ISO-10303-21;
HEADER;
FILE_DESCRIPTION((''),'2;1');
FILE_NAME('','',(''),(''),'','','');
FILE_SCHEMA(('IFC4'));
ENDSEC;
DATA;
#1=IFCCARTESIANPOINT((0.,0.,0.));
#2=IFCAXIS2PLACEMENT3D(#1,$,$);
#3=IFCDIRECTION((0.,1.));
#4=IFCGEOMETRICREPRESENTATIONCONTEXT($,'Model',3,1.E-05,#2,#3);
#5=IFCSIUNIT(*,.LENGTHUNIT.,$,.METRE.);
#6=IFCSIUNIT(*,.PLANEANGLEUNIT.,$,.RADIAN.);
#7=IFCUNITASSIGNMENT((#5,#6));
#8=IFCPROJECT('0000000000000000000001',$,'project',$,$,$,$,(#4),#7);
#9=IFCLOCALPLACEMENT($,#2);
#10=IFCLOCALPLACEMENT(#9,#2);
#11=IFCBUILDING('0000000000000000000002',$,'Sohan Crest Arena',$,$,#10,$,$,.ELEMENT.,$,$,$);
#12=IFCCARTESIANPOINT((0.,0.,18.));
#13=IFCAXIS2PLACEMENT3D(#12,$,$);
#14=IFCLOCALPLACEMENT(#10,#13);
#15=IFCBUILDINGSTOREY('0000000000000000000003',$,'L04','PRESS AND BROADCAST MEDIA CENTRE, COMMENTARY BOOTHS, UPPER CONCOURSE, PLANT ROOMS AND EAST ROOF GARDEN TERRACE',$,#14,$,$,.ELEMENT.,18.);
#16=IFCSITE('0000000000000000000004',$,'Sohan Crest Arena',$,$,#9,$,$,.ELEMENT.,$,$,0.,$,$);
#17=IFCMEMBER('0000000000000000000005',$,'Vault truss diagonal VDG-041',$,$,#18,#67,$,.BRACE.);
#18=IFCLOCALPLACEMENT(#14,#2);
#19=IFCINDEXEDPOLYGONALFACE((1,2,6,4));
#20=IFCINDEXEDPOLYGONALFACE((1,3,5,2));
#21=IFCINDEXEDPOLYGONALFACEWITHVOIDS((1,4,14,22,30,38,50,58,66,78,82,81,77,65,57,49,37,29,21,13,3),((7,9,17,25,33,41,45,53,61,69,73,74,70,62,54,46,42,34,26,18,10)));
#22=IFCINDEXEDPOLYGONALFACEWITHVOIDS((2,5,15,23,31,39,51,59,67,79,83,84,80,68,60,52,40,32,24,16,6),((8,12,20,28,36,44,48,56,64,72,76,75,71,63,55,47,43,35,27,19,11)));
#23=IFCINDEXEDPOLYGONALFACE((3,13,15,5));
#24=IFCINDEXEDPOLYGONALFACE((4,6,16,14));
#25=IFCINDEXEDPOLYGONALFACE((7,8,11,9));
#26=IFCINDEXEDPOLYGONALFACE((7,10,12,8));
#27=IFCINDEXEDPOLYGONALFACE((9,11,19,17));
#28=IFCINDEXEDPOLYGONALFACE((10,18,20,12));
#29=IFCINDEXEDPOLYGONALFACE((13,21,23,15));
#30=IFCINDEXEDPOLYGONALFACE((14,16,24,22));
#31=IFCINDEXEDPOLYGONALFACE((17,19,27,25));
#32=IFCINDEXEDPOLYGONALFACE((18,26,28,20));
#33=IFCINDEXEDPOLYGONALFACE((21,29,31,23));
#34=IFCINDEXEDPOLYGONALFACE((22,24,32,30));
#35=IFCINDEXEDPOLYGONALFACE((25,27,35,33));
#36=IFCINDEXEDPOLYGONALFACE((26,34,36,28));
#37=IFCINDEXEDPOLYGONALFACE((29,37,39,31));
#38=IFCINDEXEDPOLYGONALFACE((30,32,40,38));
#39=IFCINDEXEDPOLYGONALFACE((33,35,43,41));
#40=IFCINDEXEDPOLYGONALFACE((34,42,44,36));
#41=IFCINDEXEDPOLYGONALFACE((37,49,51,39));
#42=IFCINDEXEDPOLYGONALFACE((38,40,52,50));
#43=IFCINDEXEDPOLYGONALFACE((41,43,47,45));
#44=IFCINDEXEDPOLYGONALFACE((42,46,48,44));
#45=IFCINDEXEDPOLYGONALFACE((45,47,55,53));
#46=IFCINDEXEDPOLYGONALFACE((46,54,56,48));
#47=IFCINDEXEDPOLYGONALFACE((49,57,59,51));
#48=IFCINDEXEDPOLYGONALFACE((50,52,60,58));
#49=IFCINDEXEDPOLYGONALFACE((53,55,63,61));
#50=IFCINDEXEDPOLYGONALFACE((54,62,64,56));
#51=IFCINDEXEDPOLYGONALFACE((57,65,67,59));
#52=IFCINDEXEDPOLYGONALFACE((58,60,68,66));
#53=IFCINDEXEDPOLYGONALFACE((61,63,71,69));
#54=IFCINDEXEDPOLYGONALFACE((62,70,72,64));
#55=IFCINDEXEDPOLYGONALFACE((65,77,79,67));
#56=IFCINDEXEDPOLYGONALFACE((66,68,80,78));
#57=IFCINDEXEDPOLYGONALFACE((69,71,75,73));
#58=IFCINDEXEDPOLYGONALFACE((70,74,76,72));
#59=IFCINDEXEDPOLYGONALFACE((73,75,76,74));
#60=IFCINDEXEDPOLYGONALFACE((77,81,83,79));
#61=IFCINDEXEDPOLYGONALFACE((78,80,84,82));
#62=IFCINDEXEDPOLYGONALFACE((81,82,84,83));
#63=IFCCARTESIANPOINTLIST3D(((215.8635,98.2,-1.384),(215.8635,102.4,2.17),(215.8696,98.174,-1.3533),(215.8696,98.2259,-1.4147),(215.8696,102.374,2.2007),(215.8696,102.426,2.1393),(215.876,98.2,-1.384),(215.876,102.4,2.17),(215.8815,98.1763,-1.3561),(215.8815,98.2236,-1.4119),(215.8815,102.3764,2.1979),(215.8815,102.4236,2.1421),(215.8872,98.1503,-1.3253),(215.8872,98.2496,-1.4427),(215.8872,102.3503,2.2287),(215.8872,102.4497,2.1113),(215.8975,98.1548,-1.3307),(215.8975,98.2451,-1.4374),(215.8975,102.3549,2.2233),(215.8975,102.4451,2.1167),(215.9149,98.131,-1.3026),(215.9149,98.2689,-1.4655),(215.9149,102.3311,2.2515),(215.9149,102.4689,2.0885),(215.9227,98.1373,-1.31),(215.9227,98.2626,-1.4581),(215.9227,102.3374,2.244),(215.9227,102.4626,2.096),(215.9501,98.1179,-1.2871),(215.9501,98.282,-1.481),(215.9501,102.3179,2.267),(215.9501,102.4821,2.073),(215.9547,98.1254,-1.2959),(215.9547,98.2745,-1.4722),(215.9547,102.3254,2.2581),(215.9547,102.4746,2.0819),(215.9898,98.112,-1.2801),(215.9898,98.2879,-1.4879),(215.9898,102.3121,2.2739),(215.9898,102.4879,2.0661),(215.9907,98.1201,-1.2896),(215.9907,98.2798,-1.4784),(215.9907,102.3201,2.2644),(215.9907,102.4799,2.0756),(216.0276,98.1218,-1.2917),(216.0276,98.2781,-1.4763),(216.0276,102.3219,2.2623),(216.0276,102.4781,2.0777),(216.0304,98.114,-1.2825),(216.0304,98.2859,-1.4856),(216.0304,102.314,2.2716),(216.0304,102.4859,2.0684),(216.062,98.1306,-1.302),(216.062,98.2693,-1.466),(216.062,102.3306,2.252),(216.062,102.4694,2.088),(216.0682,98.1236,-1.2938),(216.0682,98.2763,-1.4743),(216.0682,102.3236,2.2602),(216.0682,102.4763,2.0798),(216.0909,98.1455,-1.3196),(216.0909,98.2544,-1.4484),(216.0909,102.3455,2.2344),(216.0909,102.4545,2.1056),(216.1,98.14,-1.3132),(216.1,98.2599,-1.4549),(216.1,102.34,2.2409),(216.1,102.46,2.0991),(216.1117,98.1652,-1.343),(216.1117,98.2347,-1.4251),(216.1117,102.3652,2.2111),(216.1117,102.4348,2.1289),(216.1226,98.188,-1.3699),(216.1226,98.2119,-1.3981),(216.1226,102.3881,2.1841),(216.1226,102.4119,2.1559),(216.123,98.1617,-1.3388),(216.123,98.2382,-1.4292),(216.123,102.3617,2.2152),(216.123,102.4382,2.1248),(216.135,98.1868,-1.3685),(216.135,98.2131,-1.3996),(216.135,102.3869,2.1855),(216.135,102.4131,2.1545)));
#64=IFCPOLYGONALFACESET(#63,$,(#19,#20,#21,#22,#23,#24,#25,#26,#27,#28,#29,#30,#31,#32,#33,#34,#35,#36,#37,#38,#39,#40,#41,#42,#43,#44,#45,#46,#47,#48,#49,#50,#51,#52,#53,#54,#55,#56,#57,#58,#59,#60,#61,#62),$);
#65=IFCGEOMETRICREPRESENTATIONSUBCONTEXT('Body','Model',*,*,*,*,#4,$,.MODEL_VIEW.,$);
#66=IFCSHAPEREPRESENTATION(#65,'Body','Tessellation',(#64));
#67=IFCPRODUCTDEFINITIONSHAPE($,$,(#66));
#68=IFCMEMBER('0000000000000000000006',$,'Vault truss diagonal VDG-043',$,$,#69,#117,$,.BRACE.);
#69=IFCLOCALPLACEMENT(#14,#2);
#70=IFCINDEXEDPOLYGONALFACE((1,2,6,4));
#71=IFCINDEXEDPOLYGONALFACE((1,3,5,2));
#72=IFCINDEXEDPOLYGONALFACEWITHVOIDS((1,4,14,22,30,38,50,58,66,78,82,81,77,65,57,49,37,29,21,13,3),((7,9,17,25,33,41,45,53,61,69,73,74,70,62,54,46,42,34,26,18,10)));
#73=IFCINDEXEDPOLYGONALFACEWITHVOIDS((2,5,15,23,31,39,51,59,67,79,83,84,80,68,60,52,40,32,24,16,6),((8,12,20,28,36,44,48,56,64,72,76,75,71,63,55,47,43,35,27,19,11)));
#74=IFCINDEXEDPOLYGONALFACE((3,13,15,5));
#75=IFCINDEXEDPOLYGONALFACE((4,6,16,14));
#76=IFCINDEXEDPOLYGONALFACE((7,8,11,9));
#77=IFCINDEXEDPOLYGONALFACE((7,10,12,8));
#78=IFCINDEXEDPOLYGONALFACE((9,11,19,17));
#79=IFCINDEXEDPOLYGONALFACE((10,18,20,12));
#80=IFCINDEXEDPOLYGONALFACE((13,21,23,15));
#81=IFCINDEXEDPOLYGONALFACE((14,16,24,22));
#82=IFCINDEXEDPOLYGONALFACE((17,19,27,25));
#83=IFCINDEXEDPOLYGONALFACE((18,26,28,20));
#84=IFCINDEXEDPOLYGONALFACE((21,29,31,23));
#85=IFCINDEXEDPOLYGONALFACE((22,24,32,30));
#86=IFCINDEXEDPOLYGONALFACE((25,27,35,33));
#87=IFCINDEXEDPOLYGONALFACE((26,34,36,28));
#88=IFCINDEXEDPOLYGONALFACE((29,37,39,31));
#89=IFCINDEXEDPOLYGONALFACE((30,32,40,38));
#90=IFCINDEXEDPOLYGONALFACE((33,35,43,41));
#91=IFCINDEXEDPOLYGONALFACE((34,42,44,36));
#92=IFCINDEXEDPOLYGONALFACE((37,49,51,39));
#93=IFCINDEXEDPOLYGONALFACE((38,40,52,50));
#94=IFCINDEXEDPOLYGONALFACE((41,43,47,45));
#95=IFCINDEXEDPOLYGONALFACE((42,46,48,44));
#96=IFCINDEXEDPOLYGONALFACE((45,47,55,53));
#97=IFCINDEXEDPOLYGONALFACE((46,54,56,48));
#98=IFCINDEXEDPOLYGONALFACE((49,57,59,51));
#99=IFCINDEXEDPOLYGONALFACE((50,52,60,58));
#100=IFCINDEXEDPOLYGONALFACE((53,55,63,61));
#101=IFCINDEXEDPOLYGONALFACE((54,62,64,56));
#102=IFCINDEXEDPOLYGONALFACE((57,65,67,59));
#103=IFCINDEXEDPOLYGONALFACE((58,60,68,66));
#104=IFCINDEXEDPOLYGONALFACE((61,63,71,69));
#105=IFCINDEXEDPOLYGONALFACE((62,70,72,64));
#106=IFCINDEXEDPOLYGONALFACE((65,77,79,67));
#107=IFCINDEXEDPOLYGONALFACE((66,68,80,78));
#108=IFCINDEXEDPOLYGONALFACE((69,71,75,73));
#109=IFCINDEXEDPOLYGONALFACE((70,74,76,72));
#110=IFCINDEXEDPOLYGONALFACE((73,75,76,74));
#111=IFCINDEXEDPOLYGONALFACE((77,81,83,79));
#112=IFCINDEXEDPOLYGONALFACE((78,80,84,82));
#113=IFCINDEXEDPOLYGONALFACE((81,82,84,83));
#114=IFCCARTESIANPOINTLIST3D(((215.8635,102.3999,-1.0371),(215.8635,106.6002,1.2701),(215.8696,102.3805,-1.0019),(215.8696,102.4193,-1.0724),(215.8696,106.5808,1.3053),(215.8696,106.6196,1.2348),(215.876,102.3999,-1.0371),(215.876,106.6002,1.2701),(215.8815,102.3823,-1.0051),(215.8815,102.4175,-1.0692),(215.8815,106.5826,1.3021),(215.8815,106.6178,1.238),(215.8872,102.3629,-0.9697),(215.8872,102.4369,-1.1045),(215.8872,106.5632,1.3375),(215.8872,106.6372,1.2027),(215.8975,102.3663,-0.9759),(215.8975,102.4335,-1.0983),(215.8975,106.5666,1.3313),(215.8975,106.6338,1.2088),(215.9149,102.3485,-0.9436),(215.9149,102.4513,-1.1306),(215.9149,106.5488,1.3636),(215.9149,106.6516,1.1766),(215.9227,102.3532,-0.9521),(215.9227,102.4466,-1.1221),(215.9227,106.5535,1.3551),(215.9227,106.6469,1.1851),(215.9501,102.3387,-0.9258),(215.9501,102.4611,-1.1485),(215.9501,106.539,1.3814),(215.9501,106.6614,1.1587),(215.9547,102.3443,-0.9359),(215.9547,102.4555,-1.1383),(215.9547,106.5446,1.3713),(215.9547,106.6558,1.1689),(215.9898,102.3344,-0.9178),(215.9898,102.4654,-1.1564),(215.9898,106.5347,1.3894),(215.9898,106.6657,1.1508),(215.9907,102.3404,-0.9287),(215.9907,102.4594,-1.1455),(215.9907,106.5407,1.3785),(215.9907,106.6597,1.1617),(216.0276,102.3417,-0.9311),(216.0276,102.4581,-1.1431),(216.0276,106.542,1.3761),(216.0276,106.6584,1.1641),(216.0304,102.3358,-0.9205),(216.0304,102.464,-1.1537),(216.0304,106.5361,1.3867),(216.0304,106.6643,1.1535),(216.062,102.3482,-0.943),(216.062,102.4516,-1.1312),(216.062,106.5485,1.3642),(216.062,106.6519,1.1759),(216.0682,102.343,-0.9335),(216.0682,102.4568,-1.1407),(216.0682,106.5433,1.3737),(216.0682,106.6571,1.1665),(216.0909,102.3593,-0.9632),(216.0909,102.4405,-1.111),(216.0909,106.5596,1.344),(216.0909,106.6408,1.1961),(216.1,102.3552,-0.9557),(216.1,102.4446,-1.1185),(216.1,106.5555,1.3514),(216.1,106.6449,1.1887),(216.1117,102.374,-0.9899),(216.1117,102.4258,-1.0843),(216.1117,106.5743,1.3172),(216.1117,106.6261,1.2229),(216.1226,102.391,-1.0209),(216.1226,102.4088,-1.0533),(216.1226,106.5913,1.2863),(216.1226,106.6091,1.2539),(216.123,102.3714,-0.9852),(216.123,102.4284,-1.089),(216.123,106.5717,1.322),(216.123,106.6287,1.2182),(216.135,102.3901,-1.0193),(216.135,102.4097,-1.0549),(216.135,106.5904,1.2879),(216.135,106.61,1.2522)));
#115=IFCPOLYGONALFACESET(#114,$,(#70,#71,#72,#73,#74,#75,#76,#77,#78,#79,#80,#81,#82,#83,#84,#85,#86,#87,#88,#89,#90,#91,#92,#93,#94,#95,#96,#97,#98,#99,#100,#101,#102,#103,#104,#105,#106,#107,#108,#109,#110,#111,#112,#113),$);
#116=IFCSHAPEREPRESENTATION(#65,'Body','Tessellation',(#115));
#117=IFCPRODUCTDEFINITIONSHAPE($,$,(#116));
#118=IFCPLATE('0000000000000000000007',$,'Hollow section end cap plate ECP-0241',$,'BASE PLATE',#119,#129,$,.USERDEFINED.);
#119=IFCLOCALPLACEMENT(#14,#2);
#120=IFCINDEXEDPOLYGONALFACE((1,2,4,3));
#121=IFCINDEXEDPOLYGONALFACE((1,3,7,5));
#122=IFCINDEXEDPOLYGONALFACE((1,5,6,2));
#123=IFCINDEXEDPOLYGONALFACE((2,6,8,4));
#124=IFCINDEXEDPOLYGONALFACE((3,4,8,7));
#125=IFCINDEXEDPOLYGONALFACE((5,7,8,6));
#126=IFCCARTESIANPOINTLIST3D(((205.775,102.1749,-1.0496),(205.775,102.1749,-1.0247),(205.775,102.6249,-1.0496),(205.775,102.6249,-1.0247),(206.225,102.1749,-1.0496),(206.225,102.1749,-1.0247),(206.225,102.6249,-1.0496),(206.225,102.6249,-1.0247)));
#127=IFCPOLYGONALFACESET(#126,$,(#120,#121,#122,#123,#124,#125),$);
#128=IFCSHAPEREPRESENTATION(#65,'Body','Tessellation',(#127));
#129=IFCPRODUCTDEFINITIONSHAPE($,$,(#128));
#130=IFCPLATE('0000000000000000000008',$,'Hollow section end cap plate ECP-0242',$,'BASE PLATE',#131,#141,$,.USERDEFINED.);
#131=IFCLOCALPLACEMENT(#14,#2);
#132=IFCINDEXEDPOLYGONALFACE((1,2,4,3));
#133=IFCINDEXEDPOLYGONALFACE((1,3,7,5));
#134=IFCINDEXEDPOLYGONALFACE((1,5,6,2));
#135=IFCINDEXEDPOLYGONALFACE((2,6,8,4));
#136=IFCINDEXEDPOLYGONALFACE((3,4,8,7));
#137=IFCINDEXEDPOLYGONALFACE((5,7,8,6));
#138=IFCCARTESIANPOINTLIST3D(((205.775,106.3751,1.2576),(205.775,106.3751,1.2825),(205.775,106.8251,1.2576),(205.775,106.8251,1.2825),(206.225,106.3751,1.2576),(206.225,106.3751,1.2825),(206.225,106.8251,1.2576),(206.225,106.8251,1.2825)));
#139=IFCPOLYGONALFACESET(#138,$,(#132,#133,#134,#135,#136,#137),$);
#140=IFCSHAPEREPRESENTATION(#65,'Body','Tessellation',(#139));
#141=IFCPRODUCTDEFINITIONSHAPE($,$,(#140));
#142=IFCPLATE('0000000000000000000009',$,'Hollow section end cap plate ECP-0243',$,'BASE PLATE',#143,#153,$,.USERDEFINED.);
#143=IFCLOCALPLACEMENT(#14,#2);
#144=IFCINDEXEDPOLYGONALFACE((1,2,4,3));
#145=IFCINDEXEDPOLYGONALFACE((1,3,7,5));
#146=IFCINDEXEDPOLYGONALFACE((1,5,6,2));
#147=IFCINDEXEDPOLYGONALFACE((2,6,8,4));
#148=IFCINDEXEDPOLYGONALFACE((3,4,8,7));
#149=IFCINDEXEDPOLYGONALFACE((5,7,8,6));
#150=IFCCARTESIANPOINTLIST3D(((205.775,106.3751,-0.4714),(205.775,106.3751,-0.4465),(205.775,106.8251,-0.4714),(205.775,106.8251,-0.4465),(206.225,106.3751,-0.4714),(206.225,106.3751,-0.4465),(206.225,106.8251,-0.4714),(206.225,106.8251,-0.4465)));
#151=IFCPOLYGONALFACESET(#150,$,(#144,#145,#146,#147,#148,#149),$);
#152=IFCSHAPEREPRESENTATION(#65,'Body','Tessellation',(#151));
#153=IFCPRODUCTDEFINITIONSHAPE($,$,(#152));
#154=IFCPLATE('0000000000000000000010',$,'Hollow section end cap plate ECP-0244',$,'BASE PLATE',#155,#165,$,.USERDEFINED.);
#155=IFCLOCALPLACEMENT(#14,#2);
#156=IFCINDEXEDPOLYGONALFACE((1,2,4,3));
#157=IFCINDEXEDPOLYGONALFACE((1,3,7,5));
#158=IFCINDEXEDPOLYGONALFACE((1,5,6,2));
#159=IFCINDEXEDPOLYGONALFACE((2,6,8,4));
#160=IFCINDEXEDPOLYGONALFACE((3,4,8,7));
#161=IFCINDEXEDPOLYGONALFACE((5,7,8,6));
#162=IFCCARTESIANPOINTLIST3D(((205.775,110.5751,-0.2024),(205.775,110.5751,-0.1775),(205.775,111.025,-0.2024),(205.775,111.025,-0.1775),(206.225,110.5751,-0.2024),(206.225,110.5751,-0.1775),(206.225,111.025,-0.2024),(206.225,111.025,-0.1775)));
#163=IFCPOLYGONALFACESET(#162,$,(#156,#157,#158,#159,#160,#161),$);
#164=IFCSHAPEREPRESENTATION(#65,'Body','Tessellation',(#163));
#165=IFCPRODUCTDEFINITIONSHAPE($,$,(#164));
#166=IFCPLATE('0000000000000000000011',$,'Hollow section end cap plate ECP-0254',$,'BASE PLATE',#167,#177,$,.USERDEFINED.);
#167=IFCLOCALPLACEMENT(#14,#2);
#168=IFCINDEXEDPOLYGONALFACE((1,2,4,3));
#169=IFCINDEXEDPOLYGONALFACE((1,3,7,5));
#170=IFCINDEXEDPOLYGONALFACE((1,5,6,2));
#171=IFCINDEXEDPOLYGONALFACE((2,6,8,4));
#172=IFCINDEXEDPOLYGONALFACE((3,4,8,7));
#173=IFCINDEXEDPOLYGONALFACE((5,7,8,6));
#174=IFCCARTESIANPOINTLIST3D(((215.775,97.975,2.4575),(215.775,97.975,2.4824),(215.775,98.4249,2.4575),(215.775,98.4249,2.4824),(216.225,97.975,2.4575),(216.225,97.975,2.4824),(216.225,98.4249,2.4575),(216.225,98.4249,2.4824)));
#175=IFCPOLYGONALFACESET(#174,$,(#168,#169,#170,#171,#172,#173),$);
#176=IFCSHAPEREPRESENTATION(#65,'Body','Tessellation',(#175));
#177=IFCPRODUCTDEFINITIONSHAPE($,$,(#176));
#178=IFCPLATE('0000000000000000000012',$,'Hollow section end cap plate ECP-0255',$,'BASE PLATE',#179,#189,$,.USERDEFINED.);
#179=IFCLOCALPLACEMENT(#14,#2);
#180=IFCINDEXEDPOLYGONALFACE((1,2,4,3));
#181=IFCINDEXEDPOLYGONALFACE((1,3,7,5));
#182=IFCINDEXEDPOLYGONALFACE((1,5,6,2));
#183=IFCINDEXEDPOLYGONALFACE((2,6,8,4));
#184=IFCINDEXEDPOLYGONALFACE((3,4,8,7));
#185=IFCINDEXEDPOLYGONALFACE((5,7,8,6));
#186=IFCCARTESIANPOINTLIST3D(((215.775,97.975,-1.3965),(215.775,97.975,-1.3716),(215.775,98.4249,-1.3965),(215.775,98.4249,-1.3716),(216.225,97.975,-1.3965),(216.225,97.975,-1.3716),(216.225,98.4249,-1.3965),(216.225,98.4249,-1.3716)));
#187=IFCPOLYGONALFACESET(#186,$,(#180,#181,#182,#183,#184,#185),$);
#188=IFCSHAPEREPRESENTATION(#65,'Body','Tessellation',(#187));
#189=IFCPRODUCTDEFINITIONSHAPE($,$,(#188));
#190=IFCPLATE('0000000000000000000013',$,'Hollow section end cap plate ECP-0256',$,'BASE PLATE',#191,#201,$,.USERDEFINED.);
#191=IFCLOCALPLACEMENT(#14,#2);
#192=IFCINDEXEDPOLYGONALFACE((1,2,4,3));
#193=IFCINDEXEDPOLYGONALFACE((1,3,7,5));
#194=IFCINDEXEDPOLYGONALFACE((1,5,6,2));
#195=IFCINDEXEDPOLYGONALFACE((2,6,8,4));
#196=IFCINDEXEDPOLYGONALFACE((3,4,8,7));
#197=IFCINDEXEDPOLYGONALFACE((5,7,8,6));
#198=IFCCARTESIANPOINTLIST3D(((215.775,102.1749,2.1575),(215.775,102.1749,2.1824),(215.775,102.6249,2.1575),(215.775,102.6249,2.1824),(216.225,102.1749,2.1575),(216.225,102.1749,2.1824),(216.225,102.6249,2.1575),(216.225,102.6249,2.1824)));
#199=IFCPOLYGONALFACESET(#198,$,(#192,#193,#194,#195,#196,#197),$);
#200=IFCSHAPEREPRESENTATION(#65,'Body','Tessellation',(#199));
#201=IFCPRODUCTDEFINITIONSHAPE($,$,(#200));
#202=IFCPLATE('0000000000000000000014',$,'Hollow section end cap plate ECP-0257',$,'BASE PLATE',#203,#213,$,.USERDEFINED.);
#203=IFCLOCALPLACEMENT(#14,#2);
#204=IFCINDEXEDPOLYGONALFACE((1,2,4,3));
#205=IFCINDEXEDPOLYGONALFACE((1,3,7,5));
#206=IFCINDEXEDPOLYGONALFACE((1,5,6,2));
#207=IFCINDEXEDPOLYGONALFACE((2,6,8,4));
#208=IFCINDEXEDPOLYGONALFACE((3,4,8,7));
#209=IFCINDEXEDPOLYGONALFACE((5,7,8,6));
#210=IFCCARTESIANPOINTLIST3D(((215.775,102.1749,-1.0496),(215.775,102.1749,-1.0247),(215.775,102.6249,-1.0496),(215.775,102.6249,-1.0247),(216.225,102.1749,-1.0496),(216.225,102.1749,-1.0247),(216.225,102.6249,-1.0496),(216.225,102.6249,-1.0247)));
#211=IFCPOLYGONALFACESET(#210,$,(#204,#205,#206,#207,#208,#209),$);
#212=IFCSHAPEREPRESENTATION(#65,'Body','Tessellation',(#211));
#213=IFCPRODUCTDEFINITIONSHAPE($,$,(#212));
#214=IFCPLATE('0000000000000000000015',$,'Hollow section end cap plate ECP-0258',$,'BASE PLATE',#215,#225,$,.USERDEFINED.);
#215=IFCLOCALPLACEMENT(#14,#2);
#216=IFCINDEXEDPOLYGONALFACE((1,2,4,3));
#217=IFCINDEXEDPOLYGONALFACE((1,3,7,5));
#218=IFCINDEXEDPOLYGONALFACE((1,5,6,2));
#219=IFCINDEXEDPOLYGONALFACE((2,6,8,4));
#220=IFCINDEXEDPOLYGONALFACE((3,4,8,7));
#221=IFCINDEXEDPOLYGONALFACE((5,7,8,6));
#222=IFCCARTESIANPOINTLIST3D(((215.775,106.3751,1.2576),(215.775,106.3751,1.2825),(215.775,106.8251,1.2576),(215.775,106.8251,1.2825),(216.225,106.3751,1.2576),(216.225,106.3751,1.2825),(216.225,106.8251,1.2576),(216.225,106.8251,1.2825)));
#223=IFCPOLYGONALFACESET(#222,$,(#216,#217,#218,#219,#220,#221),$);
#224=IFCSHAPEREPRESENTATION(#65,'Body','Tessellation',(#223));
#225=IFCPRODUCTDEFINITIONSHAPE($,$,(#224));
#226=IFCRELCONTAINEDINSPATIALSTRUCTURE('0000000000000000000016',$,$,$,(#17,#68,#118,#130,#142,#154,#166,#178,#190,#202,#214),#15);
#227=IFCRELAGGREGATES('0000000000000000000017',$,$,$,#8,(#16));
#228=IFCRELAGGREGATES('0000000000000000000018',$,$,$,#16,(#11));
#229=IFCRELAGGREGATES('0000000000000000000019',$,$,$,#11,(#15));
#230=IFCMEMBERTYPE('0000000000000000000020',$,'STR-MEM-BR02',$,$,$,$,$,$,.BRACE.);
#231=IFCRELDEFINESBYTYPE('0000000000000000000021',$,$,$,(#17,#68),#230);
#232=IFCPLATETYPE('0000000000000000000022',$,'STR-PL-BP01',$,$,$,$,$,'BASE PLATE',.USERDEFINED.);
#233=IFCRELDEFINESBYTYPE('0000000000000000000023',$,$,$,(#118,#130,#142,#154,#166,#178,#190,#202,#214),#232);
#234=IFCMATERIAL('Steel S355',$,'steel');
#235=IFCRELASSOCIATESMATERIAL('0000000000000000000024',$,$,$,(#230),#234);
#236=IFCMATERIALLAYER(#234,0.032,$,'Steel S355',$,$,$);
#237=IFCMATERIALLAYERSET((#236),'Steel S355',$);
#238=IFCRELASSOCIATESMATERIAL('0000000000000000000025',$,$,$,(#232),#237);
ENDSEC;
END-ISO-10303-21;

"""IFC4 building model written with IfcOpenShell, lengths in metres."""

from ifc_helpers import new_model, si_unit, direction, frame, origin, origin_2d, place, context, subcontext, project, spatial, rectangle, hollow_circle, extrude, material, layer, layer_set, material_profile, profile_set, type_object, element, save


model = new_model("IFC4")

# Units and contexts
model_context = context("Model", 3, precision=1e-05, world=origin(), true_north=direction((0.0, 1.0)))
body_context = subcontext(model_context, "Body", "Model", "MODEL_VIEW")
ifc_project = project(units=[si_unit("LENGTHUNIT", "METRE"), si_unit("PLANEANGLEUNIT", "RADIAN")], contexts=[model_context])

# Site, building, storey
site_placement = place(None, origin())
site = spatial("IfcSite", under=ifc_project, at=site_placement, Name="Sohan Crest Arena", CompositionType="ELEMENT", RefElevation=0.0)
building_placement = place(site_placement, origin())
building = spatial("IfcBuilding", under=site, at=building_placement, Name="Sohan Crest Arena", CompositionType="ELEMENT")
storey_placement = place(building_placement, frame((0.0, 0.0, 18.0)))
storey = spatial("IfcBuildingStorey", under=building, at=storey_placement, Name="L04", Description="PRESS AND BROADCAST MEDIA CENTRE, COMMENTARY BOOTHS, UPPER CONCOURSE, PLANT ROOMS AND EAST ROOF GARDEN TERRACE", CompositionType="ELEMENT", Elevation=18.0)

# Shared definitions
ifc_material = material(Name="Steel S355", Category="steel")

# Members
ifc_material_profile_1 = material_profile(ifc_material, hollow_circle(Radius=0.1365, WallThickness=0.0125, at=origin_2d()), Name="CHS 273x12.5")
ifc_profile_set_1 = profile_set([ifc_material_profile_1], Name="Steel S355")
member_type_1 = type_object("IfcMemberType", Name="STR-MEM-BR02", PredefinedType="BRACE", material=ifc_profile_set_1)
member_1_placement = place(storey_placement, frame((216.0, 98.2, -1.384), z_axis=(0.0, 0.763373, 0.645958), x_axis=(-1.0, 0.0, 0.0)))
element("IfcMember", 1, at=member_1_placement, inside=storey, type_object=member_type_1, Name="Vault truss diagonal VDG-041", PredefinedType="BRACE", context=body_context, shape_type="SweptSolid", body=[
    extrude(hollow_circle(Radius=0.1365, WallThickness=0.0125, at=origin_2d()), origin(), (0.0, 0.0, 1.0), 5.502),
])
member_2_placement = place(storey_placement, frame((216.0, 102.3999, -1.0371), z_axis=(0.0, 0.876478, 0.481441), x_axis=(-1.0, 0.0, 0.0)))
element("IfcMember", 2, at=member_2_placement, inside=storey, type_object=member_type_1, Name="Vault truss diagonal VDG-043", PredefinedType="BRACE", context=body_context, shape_type="SweptSolid", body=[
    extrude(hollow_circle(Radius=0.1365, WallThickness=0.0125, at=origin_2d()), origin(), (0.0, 0.0, 1.0), 4.7922),
])

# Plates
ifc_layer = layer(ifc_material, 0.032, Name="Steel S355")
ifc_layer_set = layer_set([ifc_layer], Name="Steel S355")
plate_type = type_object("IfcPlateType", Name="STR-PL-BP01", ElementType="BASE PLATE", PredefinedType="USERDEFINED", material=ifc_layer_set)
for number, where, z_axis, x_axis, name in (
    (3, (206.0, 102.3999, -1.0496), (0.0, 0.0, 1.0), (1.0, 0.0, 0.0), "Hollow section end cap plate ECP-0241"),
    (4, (206.0, 106.6001, 1.2576), (0.0, 0.0, 1.0), (1.0, 0.0, 0.0), "Hollow section end cap plate ECP-0242"),
    (5, (206.0, 106.6001, -0.4714), (0.0, 0.0, 1.0), (1.0, 0.0, 0.0), "Hollow section end cap plate ECP-0243"),
    (6, (206.0, 110.8, -0.2024), (0.0, 0.0, 1.0), (1.0, 0.0, 0.0), "Hollow section end cap plate ECP-0244"),
    (7, (216.0, 98.2, 2.4575), (0.0, 0.0, 1.0), (1.0, 0.0, 0.0), "Hollow section end cap plate ECP-0254"),
    (8, (216.0, 98.2, -1.3965), (0.0, 0.0, 1.0), (1.0, 0.0, 0.0), "Hollow section end cap plate ECP-0255"),
    (9, (216.0, 102.3999, 2.1575), (0.0, 0.0, 1.0), (1.0, 0.0, 0.0), "Hollow section end cap plate ECP-0256"),
    (10, (216.0, 102.3999, -1.0496), (0.0, 0.0, 1.0), (1.0, 0.0, 0.0), "Hollow section end cap plate ECP-0257"),
    (11, (216.0, 106.6001, 1.2576), (0.0, 0.0, 1.0), (1.0, 0.0, 0.0), "Hollow section end cap plate ECP-0258"),
):
    element("IfcPlate", number, at=place(storey_placement, frame(where, z_axis=z_axis, x_axis=x_axis)), inside=storey, type_object=plate_type, Name=name, ObjectType="BASE PLATE", PredefinedType="USERDEFINED", context=body_context, shape_type="SweptSolid", body=[
        extrude(rectangle(XDim=0.45, YDim=0.45, at=origin_2d()), origin(), (0.0, 0.0, 1.0), 0.0249),
    ])

save(model, "model.ifc")
